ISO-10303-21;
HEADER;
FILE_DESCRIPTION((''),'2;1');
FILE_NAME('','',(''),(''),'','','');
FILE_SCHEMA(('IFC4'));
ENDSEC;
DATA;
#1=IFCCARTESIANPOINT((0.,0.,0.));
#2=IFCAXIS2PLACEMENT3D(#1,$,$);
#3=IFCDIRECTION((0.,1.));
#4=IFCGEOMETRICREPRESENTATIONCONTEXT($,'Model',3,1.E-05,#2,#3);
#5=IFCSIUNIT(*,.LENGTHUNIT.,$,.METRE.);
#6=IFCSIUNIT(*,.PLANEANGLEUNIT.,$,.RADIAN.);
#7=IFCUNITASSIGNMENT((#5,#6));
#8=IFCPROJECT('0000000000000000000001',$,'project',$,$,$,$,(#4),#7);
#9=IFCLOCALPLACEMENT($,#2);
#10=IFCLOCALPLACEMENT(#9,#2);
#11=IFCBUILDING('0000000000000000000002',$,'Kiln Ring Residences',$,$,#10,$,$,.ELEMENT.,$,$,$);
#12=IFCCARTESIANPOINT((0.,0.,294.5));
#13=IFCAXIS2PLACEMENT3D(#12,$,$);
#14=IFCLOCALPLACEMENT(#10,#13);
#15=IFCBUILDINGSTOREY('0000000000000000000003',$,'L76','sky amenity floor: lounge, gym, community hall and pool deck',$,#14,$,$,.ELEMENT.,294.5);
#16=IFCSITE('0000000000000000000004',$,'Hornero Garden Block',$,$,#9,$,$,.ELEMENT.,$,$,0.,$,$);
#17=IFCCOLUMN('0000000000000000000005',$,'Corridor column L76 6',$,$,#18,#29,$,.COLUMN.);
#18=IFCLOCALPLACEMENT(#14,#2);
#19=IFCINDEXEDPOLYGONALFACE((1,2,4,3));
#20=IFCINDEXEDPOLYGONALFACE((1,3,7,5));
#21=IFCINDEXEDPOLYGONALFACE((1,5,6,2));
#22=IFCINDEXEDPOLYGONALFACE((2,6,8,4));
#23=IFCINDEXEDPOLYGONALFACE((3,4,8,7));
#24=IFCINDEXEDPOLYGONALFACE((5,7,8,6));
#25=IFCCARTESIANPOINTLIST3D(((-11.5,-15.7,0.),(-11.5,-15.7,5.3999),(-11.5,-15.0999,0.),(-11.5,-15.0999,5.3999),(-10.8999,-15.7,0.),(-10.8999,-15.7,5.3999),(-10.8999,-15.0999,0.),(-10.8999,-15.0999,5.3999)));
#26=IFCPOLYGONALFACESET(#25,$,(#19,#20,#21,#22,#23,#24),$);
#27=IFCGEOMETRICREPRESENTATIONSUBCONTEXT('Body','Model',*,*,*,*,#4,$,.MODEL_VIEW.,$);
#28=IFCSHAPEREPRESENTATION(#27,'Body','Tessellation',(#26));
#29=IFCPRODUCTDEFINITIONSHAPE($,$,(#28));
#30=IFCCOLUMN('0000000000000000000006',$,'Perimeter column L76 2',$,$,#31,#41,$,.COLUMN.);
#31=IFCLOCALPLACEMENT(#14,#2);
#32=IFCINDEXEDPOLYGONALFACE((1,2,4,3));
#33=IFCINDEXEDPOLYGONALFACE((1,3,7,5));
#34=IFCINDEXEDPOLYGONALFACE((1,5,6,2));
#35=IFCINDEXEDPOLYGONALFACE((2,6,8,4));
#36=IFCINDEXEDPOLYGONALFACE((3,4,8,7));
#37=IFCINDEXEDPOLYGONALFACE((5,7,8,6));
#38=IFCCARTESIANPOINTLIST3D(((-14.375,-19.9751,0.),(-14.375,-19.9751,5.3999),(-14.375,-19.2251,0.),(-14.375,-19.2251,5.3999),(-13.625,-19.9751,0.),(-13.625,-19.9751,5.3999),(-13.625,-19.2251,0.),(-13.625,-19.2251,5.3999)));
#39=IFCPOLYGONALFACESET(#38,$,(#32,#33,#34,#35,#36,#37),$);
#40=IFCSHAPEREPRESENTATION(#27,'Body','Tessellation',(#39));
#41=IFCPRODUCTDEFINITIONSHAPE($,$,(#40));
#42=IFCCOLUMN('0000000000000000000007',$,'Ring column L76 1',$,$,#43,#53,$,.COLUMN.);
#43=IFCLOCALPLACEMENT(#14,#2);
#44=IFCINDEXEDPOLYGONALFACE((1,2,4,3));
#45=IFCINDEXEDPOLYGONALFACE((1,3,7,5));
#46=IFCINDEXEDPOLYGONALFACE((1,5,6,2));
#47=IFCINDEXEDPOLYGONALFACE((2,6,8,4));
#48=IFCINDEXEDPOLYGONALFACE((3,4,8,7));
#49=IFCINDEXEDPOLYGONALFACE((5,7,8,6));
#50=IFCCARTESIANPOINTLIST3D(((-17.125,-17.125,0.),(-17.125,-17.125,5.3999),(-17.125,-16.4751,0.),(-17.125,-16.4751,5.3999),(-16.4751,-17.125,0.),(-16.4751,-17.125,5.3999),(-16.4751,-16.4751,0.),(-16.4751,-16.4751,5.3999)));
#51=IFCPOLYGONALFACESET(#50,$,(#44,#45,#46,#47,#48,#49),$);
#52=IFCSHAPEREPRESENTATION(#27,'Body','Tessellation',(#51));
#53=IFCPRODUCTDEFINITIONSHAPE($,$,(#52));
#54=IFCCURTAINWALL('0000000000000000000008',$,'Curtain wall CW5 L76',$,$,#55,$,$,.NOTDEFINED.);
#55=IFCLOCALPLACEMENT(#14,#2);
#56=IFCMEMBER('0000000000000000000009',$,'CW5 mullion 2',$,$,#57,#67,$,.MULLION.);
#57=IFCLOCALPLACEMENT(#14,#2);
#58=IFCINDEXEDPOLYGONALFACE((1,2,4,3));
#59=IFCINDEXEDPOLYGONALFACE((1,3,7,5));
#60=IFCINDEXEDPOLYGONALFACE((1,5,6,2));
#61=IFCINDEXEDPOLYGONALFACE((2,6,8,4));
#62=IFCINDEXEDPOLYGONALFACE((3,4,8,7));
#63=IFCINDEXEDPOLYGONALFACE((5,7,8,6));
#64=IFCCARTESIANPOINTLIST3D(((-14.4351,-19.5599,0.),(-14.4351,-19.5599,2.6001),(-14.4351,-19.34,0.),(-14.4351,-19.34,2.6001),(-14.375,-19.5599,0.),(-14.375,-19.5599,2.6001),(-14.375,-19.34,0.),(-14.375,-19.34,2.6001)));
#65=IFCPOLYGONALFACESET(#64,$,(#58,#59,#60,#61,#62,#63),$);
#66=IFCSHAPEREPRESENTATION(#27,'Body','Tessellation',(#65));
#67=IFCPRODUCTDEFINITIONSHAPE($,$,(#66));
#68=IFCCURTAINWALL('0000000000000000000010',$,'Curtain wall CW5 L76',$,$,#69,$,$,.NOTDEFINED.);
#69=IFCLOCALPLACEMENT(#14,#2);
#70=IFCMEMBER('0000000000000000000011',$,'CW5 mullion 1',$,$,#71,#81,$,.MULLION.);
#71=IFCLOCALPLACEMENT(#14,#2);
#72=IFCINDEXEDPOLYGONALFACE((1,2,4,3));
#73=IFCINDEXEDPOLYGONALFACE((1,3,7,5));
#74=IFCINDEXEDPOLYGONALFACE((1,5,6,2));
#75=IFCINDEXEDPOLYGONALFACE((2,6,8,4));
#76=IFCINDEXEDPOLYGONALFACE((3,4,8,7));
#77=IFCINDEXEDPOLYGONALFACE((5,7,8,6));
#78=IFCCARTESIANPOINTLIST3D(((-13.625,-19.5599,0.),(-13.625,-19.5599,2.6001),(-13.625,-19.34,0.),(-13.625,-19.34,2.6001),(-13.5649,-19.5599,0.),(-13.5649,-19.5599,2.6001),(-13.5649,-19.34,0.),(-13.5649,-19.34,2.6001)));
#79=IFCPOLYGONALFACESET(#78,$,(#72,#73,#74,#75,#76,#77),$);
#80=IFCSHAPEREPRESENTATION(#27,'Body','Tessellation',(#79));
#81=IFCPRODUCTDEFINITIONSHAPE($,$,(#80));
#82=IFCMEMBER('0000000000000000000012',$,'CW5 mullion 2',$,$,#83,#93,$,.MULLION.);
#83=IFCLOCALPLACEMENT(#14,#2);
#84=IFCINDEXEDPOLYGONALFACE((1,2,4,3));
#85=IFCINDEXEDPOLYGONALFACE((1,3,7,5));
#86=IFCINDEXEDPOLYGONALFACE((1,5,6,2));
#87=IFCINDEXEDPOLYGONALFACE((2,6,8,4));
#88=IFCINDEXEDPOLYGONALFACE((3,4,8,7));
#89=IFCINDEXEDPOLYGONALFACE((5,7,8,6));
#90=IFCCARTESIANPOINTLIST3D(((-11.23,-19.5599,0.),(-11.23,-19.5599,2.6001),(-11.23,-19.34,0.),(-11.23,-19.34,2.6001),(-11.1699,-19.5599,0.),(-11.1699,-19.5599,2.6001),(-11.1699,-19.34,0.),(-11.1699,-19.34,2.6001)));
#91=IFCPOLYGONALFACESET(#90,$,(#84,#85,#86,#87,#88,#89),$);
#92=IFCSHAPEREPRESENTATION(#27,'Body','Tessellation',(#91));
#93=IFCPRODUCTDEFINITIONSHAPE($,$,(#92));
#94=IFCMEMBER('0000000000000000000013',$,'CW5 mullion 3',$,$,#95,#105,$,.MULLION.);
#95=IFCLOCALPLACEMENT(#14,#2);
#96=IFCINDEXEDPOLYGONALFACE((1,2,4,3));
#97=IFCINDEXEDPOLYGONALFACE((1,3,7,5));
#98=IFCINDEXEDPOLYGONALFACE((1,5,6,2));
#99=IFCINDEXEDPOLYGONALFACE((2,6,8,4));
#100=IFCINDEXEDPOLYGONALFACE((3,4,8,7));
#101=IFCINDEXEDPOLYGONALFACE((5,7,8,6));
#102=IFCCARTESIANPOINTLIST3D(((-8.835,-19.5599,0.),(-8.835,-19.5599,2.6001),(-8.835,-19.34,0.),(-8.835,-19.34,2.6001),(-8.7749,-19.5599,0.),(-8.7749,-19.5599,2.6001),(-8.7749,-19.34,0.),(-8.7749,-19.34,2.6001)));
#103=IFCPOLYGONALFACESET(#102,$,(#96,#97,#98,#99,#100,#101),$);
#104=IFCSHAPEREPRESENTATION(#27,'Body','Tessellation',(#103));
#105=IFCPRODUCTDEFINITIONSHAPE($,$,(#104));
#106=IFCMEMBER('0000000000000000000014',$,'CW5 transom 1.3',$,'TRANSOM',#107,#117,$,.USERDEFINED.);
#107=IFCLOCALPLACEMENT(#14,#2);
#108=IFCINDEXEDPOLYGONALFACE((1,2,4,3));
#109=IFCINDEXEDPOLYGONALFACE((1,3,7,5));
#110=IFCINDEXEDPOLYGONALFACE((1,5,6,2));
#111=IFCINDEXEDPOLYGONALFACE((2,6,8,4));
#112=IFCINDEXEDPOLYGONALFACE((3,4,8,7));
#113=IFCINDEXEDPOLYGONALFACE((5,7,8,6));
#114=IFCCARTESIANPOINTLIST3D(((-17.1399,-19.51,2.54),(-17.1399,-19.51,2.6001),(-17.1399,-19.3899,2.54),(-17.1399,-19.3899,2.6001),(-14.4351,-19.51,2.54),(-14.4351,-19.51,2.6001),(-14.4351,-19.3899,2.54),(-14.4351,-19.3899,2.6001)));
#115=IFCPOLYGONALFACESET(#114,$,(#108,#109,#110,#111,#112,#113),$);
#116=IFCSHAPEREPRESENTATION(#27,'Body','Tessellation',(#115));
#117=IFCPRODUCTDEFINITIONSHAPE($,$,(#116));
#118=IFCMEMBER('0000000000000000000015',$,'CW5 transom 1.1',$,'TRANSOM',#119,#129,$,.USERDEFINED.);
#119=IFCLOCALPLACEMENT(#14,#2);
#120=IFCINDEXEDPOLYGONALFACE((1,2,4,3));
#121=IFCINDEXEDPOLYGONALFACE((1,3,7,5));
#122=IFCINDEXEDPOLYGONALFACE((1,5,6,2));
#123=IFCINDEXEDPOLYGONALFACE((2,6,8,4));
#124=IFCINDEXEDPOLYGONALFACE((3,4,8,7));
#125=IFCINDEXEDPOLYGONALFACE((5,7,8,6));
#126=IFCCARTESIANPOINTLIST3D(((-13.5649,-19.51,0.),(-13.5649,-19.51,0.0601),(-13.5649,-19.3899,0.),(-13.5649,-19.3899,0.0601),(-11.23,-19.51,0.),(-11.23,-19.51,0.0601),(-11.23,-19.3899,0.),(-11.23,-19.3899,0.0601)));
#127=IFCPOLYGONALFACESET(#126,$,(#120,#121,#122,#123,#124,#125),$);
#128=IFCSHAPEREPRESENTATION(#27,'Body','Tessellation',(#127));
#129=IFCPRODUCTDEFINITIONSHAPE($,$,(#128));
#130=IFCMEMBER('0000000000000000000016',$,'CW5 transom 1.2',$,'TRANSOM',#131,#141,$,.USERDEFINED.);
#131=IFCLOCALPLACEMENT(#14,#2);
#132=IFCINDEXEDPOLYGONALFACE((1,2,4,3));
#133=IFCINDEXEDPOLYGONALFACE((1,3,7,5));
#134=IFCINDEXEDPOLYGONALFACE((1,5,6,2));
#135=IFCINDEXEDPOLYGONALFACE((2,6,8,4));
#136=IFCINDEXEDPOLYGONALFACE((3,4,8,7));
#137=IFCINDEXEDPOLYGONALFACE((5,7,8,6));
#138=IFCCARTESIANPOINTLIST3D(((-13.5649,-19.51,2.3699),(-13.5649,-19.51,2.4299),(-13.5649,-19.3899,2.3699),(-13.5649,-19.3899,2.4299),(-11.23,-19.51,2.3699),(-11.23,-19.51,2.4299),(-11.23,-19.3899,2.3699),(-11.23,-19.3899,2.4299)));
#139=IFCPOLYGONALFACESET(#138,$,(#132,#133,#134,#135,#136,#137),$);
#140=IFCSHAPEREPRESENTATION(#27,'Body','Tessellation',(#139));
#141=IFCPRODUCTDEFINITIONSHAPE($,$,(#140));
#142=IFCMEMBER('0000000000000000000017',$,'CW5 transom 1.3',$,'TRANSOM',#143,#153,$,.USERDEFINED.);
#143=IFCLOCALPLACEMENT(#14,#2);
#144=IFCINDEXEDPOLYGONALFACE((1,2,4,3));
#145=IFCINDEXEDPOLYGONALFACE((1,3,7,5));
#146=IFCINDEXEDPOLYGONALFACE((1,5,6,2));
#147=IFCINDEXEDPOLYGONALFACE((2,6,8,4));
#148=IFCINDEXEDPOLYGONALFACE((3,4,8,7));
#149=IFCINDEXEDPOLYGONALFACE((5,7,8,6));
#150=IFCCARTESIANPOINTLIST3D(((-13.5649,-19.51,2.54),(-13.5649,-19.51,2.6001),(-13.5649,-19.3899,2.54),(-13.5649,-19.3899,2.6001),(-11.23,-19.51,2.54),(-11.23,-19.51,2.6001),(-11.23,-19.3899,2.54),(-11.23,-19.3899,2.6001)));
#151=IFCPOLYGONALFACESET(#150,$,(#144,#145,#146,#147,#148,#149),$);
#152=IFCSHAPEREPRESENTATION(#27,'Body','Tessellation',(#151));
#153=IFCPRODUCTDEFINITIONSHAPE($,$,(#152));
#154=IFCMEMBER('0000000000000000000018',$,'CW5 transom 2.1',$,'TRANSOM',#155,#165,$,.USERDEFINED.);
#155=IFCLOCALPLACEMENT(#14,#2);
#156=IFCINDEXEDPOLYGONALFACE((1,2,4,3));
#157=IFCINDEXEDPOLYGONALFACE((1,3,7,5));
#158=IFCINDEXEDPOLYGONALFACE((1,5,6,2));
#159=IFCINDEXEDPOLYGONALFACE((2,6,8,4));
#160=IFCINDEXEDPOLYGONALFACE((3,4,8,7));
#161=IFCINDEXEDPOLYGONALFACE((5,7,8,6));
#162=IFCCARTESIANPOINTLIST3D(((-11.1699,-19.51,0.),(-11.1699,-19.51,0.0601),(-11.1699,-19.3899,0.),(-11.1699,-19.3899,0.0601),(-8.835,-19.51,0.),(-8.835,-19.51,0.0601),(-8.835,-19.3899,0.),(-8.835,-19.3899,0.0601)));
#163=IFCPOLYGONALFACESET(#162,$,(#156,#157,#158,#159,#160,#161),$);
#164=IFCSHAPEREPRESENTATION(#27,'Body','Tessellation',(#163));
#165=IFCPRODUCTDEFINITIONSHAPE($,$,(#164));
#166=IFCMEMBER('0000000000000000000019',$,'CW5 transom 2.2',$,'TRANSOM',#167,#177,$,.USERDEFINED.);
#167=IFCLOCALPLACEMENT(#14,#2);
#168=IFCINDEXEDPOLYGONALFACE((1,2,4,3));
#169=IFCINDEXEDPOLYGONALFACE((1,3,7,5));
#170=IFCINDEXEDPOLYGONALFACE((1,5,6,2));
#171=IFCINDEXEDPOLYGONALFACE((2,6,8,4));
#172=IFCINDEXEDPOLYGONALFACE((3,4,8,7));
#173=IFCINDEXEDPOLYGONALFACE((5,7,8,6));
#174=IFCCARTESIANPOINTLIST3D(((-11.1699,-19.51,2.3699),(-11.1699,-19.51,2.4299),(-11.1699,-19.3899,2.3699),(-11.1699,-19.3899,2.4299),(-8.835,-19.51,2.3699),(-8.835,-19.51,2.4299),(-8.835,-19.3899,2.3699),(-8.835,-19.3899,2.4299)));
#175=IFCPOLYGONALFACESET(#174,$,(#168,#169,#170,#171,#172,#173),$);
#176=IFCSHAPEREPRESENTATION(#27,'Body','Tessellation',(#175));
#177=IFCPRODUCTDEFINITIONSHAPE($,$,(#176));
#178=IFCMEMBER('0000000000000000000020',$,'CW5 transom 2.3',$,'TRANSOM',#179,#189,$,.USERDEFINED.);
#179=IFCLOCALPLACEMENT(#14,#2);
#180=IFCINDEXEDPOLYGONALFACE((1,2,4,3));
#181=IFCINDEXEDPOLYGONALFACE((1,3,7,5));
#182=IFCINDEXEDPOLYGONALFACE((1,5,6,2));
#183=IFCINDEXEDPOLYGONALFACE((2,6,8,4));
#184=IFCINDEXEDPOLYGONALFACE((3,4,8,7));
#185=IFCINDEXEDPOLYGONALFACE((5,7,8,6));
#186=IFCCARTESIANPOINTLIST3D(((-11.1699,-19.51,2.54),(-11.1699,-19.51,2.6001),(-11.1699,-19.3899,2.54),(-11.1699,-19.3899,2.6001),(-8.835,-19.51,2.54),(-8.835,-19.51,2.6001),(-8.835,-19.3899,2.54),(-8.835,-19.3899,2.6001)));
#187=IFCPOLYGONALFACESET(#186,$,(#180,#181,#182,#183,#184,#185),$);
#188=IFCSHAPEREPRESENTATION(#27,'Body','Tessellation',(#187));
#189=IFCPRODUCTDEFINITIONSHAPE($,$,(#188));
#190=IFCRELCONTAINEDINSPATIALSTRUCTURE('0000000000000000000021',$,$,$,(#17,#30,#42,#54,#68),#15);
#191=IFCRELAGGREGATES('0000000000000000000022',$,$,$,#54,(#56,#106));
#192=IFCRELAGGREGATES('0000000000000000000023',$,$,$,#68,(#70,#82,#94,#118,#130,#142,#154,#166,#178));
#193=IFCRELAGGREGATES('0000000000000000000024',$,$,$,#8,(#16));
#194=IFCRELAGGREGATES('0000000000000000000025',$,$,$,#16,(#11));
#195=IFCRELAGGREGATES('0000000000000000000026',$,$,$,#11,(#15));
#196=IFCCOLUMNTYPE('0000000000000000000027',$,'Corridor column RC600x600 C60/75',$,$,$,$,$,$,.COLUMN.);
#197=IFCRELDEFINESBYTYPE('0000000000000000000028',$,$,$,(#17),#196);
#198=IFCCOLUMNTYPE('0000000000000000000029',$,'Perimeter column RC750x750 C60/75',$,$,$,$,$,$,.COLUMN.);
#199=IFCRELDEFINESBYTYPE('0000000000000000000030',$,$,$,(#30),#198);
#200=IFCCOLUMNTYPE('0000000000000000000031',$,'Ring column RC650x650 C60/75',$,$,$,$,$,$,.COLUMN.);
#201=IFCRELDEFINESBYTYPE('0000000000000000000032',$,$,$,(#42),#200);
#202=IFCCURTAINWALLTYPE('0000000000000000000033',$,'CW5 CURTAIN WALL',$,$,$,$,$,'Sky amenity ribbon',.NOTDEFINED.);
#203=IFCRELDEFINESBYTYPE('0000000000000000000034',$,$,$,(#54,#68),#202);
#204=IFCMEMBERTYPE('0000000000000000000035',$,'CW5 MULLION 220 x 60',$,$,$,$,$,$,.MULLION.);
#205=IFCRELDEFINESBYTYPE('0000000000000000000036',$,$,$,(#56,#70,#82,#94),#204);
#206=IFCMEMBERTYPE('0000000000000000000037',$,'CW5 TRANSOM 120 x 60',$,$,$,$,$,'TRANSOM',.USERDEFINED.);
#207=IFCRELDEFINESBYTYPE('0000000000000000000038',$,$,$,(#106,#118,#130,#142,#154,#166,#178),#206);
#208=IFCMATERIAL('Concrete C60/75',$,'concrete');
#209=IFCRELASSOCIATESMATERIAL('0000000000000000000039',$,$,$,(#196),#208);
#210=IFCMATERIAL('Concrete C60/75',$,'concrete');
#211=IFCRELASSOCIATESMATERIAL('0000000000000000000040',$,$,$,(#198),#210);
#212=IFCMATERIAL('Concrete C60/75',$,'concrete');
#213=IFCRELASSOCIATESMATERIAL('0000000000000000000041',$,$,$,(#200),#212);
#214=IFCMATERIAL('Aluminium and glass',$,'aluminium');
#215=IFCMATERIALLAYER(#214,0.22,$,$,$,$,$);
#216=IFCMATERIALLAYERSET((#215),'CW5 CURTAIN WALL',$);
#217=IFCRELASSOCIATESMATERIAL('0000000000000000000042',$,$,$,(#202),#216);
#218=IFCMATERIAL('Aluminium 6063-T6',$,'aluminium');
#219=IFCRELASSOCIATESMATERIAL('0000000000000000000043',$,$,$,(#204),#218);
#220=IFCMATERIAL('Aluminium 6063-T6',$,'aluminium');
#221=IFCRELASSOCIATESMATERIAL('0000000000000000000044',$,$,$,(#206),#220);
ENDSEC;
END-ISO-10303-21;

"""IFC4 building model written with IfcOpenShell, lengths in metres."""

from ifc_helpers import new_model, si_unit, direction, frame, origin, origin_2d, place, context, subcontext, project, spatial, rectangle, extrude, material, layer, layer_set, material_profile, profile_set, type_object, element, aggregate, save


model = new_model("IFC4")

# Units and contexts
model_context = context("Model", 3, precision=1e-05, world=origin(), true_north=direction((0.0, 1.0)))
body_context = subcontext(model_context, "Body", "Model", "MODEL_VIEW")
ifc_project = project(units=[si_unit("LENGTHUNIT", "METRE"), si_unit("PLANEANGLEUNIT", "RADIAN")], contexts=[model_context])

# Site, building, storey
site_placement = place(None, origin())
site = spatial("IfcSite", under=ifc_project, at=site_placement, Name="Hornero Garden Block", CompositionType="ELEMENT", RefElevation=0.0)
building_placement = place(site_placement, origin())
building = spatial("IfcBuilding", under=site, at=building_placement, Name="Kiln Ring Residences", CompositionType="ELEMENT")
storey_placement = place(building_placement, frame((0.0, 0.0, 294.5)))
storey = spatial("IfcBuildingStorey", under=building, at=storey_placement, Name="L76", Description="sky amenity floor: lounge, gym, community hall and pool deck", CompositionType="ELEMENT", Elevation=294.5)

# Columns
ifc_material_1 = material(Name="Concrete C60/75", Category="concrete")
ifc_material_profile_1 = material_profile(ifc_material_1, rectangle(XDim=0.6001, YDim=0.6001, at=origin_2d()), Name="RC600x600")
ifc_profile_set_1 = profile_set([ifc_material_profile_1], Name="Concrete C60/75")
column_type_1 = type_object("IfcColumnType", Name="Corridor column RC600x600 C60/75", PredefinedType="COLUMN", material=ifc_profile_set_1)
column_1_placement = place(storey_placement, frame((-11.2, -15.3999, 0.0), z_axis=(0.0, 0.0, 1.0), x_axis=(1.0, 0.0, 0.0)))
element("IfcColumn", 1, at=column_1_placement, inside=storey, type_object=column_type_1, Name="Corridor column L76 6", PredefinedType="COLUMN", context=body_context, shape_type="SweptSolid", body=[
    extrude(rectangle(XDim=0.6001, YDim=0.6001, at=origin_2d()), origin(), (0.0, 0.0, 1.0), 5.3999),
])
ifc_material_2 = material(Name="Concrete C60/75", Category="concrete")
ifc_material_profile_2 = material_profile(ifc_material_2, rectangle(XDim=0.75, YDim=0.75, at=origin_2d()), Name="RC750x750")
ifc_profile_set_2 = profile_set([ifc_material_profile_2], Name="Concrete C60/75")
column_type_2 = type_object("IfcColumnType", Name="Perimeter column RC750x750 C60/75", PredefinedType="COLUMN", material=ifc_profile_set_2)
column_2_placement = place(storey_placement, frame((-14.0, -19.6001, 0.0), z_axis=(0.0, 0.0, 1.0), x_axis=(1.0, 0.0, 0.0)))
element("IfcColumn", 2, at=column_2_placement, inside=storey, type_object=column_type_2, Name="Perimeter column L76 2", PredefinedType="COLUMN", context=body_context, shape_type="SweptSolid", body=[
    extrude(rectangle(XDim=0.75, YDim=0.75, at=origin_2d()), origin(), (0.0, 0.0, 1.0), 5.3999),
])
ifc_material_3 = material(Name="Concrete C60/75", Category="concrete")
ifc_material_profile_3 = material_profile(ifc_material_3, rectangle(XDim=0.6499, YDim=0.6499, at=origin_2d()), Name="RC650x650")
ifc_profile_set_3 = profile_set([ifc_material_profile_3], Name="Concrete C60/75")
column_type_3 = type_object("IfcColumnType", Name="Ring column RC650x650 C60/75", PredefinedType="COLUMN", material=ifc_profile_set_3)
column_3_placement = place(storey_placement, frame((-16.8, -16.8, 0.0), z_axis=(0.0, 0.0, 1.0), x_axis=(1.0, 0.0, 0.0)))
element("IfcColumn", 3, at=column_3_placement, inside=storey, type_object=column_type_3, Name="Ring column L76 1", PredefinedType="COLUMN", context=body_context, shape_type="SweptSolid", body=[
    extrude(rectangle(XDim=0.6499, YDim=0.6499, at=origin_2d()), origin(), (0.0, 0.0, 1.0), 5.3999),
])

# Curtain wall, member
ifc_material_4 = material(Name="Aluminium and glass", Category="aluminium")
ifc_layer_1 = layer(ifc_material_4, 0.22)
ifc_layer_set_1 = layer_set([ifc_layer_1], Name="CW5 CURTAIN WALL")
curtain_wall_type = type_object("IfcCurtainWallType", Name="CW5 CURTAIN WALL", ElementType="Sky amenity ribbon", PredefinedType="NOTDEFINED", material=ifc_layer_set_1)
placement = place(storey_placement, origin())
curtain_wall_1 = element("IfcCurtainWall", 4, at=placement, inside=storey, type_object=curtain_wall_type, Name="Curtain wall CW5 L76", PredefinedType="NOTDEFINED")
ifc_material_5 = material(Name="Aluminium 6063-T6", Category="aluminium")
ifc_material_profile_4 = material_profile(ifc_material_5, rectangle(XDim=0.22, YDim=0.0601, at=origin_2d()), Name="AL 220x60")
ifc_profile_set_4 = profile_set([ifc_material_profile_4], Name="Aluminium 6063-T6")
member_type_1 = type_object("IfcMemberType", Name="CW5 MULLION 220 x 60", PredefinedType="MULLION", material=ifc_profile_set_4)
member_1_placement = place(storey_placement, frame((-14.405, -19.45, 0.0), z_axis=(0.0, 0.0, 1.0), x_axis=(0.0, 1.0, 0.0)))
member_1 = element("IfcMember", 5, at=member_1_placement, type_object=member_type_1, Name="CW5 mullion 2", PredefinedType="MULLION", context=body_context, shape_type="SweptSolid", body=[
    extrude(rectangle(XDim=0.22, YDim=0.0601, at=origin_2d()), origin(), (0.0, 0.0, 1.0), 2.6001),
])

# Curtain wall, members
curtain_wall_2 = element("IfcCurtainWall", 6, at=placement, inside=storey, type_object=curtain_wall_type, Name="Curtain wall CW5 L76", PredefinedType="NOTDEFINED")
member_2_placement = place(storey_placement, frame((-13.595, -19.45, 0.0), z_axis=(0.0, 0.0, 1.0), x_axis=(0.0, 1.0, 0.0)))
member_2 = element("IfcMember", 7, at=member_2_placement, type_object=member_type_1, Name="CW5 mullion 1", PredefinedType="MULLION", context=body_context, shape_type="SweptSolid", body=[
    extrude(rectangle(XDim=0.22, YDim=0.0601, at=origin_2d()), origin(), (0.0, 0.0, 1.0), 2.6001),
])
member_3_placement = place(storey_placement, frame((-11.2, -19.45, 0.0), z_axis=(0.0, 0.0, 1.0), x_axis=(0.0, 1.0, 0.0)))
member_3 = element("IfcMember", 8, at=member_3_placement, type_object=member_type_1, Name="CW5 mullion 2", PredefinedType="MULLION", context=body_context, shape_type="SweptSolid", body=[
    extrude(rectangle(XDim=0.22, YDim=0.0601, at=origin_2d()), origin(), (0.0, 0.0, 1.0), 2.6001),
])
member_4_placement = place(storey_placement, frame((-8.8049, -19.45, 0.0), z_axis=(0.0, 0.0, 1.0), x_axis=(0.0, 1.0, 0.0)))
member_4 = element("IfcMember", 9, at=member_4_placement, type_object=member_type_1, Name="CW5 mullion 3", PredefinedType="MULLION", context=body_context, shape_type="SweptSolid", body=[
    extrude(rectangle(XDim=0.22, YDim=0.0601, at=origin_2d()), origin(), (0.0, 0.0, 1.0), 2.6001),
])

# Members
ifc_material_6 = material(Name="Aluminium 6063-T6", Category="aluminium")
ifc_material_profile_5 = material_profile(ifc_material_6, rectangle(XDim=0.1201, YDim=0.0601, at=origin_2d()), Name="AL 120x60")
ifc_profile_set_5 = profile_set([ifc_material_profile_5], Name="Aluminium 6063-T6")
member_type_2 = type_object("IfcMemberType", Name="CW5 TRANSOM 120 x 60", ElementType="TRANSOM", PredefinedType="USERDEFINED", material=ifc_profile_set_5)
member_5_placement = place(storey_placement, frame((-17.1399, -19.45, 2.5701), z_axis=(1.0, 0.0, 0.0), x_axis=(0.0, 1.0, 0.0)))
member_5 = element("IfcMember", 10, at=member_5_placement, type_object=member_type_2, Name="CW5 transom 1.3", ObjectType="TRANSOM", PredefinedType="USERDEFINED", context=body_context, shape_type="SweptSolid", body=[
    extrude(rectangle(XDim=0.1201, YDim=0.0601, at=origin_2d()), origin(), (0.0, 0.0, 1.0), 2.7048),
])
member_6_placement = place(storey_placement, frame((-13.5649, -19.45, 0.03), z_axis=(1.0, 0.0, 0.0), x_axis=(0.0, 1.0, 0.0)))
member_6 = element("IfcMember", 11, at=member_6_placement, type_object=member_type_2, Name="CW5 transom 1.1", ObjectType="TRANSOM", PredefinedType="USERDEFINED", context=body_context, shape_type="SweptSolid", body=[
    extrude(rectangle(XDim=0.1201, YDim=0.0601, at=origin_2d()), origin(), (0.0, 0.0, 1.0), 2.335),
])
member_7_placement = place(storey_placement, frame((-13.5649, -19.45, 2.3999), z_axis=(1.0, 0.0, 0.0), x_axis=(0.0, 1.0, 0.0)))
member_7 = element("IfcMember", 12, at=member_7_placement, type_object=member_type_2, Name="CW5 transom 1.2", ObjectType="TRANSOM", PredefinedType="USERDEFINED", context=body_context, shape_type="SweptSolid", body=[
    extrude(rectangle(XDim=0.1201, YDim=0.0601, at=origin_2d()), origin(), (0.0, 0.0, 1.0), 2.335),
])
member_8_placement = place(storey_placement, frame((-13.5649, -19.45, 2.5701), z_axis=(1.0, 0.0, 0.0), x_axis=(0.0, 1.0, 0.0)))
member_8 = element("IfcMember", 13, at=member_8_placement, type_object=member_type_2, Name="CW5 transom 1.3", ObjectType="TRANSOM", PredefinedType="USERDEFINED", context=body_context, shape_type="SweptSolid", body=[
    extrude(rectangle(XDim=0.1201, YDim=0.0601, at=origin_2d()), origin(), (0.0, 0.0, 1.0), 2.335),
])
member_9_placement = place(storey_placement, frame((-11.1699, -19.45, 0.03), z_axis=(1.0, 0.0, 0.0), x_axis=(0.0, 1.0, 0.0)))
member_9 = element("IfcMember", 14, at=member_9_placement, type_object=member_type_2, Name="CW5 transom 2.1", ObjectType="TRANSOM", PredefinedType="USERDEFINED", context=body_context, shape_type="SweptSolid", body=[
    extrude(rectangle(XDim=0.1201, YDim=0.0601, at=origin_2d()), origin(), (0.0, 0.0, 1.0), 2.335),
])
member_10_placement = place(storey_placement, frame((-11.1699, -19.45, 2.3999), z_axis=(1.0, 0.0, 0.0), x_axis=(0.0, 1.0, 0.0)))
member_10 = element("IfcMember", 15, at=member_10_placement, type_object=member_type_2, Name="CW5 transom 2.2", ObjectType="TRANSOM", PredefinedType="USERDEFINED", context=body_context, shape_type="SweptSolid", body=[
    extrude(rectangle(XDim=0.1201, YDim=0.0601, at=origin_2d()), origin(), (0.0, 0.0, 1.0), 2.335),
])
member_11_placement = place(storey_placement, frame((-11.1699, -19.45, 2.5701), z_axis=(1.0, 0.0, 0.0), x_axis=(0.0, 1.0, 0.0)))
member_11 = element("IfcMember", 16, at=member_11_placement, type_object=member_type_2, Name="CW5 transom 2.3", ObjectType="TRANSOM", PredefinedType="USERDEFINED", context=body_context, shape_type="SweptSolid", body=[
    extrude(rectangle(XDim=0.1201, YDim=0.0601, at=origin_2d()), origin(), (0.0, 0.0, 1.0), 2.335),
])

aggregate(curtain_wall_1, [member_1, member_5])
aggregate(curtain_wall_2, [member_2, member_3, member_4, member_6, member_7, member_8, member_9, member_10, member_11])

save(model, "model.ifc")
